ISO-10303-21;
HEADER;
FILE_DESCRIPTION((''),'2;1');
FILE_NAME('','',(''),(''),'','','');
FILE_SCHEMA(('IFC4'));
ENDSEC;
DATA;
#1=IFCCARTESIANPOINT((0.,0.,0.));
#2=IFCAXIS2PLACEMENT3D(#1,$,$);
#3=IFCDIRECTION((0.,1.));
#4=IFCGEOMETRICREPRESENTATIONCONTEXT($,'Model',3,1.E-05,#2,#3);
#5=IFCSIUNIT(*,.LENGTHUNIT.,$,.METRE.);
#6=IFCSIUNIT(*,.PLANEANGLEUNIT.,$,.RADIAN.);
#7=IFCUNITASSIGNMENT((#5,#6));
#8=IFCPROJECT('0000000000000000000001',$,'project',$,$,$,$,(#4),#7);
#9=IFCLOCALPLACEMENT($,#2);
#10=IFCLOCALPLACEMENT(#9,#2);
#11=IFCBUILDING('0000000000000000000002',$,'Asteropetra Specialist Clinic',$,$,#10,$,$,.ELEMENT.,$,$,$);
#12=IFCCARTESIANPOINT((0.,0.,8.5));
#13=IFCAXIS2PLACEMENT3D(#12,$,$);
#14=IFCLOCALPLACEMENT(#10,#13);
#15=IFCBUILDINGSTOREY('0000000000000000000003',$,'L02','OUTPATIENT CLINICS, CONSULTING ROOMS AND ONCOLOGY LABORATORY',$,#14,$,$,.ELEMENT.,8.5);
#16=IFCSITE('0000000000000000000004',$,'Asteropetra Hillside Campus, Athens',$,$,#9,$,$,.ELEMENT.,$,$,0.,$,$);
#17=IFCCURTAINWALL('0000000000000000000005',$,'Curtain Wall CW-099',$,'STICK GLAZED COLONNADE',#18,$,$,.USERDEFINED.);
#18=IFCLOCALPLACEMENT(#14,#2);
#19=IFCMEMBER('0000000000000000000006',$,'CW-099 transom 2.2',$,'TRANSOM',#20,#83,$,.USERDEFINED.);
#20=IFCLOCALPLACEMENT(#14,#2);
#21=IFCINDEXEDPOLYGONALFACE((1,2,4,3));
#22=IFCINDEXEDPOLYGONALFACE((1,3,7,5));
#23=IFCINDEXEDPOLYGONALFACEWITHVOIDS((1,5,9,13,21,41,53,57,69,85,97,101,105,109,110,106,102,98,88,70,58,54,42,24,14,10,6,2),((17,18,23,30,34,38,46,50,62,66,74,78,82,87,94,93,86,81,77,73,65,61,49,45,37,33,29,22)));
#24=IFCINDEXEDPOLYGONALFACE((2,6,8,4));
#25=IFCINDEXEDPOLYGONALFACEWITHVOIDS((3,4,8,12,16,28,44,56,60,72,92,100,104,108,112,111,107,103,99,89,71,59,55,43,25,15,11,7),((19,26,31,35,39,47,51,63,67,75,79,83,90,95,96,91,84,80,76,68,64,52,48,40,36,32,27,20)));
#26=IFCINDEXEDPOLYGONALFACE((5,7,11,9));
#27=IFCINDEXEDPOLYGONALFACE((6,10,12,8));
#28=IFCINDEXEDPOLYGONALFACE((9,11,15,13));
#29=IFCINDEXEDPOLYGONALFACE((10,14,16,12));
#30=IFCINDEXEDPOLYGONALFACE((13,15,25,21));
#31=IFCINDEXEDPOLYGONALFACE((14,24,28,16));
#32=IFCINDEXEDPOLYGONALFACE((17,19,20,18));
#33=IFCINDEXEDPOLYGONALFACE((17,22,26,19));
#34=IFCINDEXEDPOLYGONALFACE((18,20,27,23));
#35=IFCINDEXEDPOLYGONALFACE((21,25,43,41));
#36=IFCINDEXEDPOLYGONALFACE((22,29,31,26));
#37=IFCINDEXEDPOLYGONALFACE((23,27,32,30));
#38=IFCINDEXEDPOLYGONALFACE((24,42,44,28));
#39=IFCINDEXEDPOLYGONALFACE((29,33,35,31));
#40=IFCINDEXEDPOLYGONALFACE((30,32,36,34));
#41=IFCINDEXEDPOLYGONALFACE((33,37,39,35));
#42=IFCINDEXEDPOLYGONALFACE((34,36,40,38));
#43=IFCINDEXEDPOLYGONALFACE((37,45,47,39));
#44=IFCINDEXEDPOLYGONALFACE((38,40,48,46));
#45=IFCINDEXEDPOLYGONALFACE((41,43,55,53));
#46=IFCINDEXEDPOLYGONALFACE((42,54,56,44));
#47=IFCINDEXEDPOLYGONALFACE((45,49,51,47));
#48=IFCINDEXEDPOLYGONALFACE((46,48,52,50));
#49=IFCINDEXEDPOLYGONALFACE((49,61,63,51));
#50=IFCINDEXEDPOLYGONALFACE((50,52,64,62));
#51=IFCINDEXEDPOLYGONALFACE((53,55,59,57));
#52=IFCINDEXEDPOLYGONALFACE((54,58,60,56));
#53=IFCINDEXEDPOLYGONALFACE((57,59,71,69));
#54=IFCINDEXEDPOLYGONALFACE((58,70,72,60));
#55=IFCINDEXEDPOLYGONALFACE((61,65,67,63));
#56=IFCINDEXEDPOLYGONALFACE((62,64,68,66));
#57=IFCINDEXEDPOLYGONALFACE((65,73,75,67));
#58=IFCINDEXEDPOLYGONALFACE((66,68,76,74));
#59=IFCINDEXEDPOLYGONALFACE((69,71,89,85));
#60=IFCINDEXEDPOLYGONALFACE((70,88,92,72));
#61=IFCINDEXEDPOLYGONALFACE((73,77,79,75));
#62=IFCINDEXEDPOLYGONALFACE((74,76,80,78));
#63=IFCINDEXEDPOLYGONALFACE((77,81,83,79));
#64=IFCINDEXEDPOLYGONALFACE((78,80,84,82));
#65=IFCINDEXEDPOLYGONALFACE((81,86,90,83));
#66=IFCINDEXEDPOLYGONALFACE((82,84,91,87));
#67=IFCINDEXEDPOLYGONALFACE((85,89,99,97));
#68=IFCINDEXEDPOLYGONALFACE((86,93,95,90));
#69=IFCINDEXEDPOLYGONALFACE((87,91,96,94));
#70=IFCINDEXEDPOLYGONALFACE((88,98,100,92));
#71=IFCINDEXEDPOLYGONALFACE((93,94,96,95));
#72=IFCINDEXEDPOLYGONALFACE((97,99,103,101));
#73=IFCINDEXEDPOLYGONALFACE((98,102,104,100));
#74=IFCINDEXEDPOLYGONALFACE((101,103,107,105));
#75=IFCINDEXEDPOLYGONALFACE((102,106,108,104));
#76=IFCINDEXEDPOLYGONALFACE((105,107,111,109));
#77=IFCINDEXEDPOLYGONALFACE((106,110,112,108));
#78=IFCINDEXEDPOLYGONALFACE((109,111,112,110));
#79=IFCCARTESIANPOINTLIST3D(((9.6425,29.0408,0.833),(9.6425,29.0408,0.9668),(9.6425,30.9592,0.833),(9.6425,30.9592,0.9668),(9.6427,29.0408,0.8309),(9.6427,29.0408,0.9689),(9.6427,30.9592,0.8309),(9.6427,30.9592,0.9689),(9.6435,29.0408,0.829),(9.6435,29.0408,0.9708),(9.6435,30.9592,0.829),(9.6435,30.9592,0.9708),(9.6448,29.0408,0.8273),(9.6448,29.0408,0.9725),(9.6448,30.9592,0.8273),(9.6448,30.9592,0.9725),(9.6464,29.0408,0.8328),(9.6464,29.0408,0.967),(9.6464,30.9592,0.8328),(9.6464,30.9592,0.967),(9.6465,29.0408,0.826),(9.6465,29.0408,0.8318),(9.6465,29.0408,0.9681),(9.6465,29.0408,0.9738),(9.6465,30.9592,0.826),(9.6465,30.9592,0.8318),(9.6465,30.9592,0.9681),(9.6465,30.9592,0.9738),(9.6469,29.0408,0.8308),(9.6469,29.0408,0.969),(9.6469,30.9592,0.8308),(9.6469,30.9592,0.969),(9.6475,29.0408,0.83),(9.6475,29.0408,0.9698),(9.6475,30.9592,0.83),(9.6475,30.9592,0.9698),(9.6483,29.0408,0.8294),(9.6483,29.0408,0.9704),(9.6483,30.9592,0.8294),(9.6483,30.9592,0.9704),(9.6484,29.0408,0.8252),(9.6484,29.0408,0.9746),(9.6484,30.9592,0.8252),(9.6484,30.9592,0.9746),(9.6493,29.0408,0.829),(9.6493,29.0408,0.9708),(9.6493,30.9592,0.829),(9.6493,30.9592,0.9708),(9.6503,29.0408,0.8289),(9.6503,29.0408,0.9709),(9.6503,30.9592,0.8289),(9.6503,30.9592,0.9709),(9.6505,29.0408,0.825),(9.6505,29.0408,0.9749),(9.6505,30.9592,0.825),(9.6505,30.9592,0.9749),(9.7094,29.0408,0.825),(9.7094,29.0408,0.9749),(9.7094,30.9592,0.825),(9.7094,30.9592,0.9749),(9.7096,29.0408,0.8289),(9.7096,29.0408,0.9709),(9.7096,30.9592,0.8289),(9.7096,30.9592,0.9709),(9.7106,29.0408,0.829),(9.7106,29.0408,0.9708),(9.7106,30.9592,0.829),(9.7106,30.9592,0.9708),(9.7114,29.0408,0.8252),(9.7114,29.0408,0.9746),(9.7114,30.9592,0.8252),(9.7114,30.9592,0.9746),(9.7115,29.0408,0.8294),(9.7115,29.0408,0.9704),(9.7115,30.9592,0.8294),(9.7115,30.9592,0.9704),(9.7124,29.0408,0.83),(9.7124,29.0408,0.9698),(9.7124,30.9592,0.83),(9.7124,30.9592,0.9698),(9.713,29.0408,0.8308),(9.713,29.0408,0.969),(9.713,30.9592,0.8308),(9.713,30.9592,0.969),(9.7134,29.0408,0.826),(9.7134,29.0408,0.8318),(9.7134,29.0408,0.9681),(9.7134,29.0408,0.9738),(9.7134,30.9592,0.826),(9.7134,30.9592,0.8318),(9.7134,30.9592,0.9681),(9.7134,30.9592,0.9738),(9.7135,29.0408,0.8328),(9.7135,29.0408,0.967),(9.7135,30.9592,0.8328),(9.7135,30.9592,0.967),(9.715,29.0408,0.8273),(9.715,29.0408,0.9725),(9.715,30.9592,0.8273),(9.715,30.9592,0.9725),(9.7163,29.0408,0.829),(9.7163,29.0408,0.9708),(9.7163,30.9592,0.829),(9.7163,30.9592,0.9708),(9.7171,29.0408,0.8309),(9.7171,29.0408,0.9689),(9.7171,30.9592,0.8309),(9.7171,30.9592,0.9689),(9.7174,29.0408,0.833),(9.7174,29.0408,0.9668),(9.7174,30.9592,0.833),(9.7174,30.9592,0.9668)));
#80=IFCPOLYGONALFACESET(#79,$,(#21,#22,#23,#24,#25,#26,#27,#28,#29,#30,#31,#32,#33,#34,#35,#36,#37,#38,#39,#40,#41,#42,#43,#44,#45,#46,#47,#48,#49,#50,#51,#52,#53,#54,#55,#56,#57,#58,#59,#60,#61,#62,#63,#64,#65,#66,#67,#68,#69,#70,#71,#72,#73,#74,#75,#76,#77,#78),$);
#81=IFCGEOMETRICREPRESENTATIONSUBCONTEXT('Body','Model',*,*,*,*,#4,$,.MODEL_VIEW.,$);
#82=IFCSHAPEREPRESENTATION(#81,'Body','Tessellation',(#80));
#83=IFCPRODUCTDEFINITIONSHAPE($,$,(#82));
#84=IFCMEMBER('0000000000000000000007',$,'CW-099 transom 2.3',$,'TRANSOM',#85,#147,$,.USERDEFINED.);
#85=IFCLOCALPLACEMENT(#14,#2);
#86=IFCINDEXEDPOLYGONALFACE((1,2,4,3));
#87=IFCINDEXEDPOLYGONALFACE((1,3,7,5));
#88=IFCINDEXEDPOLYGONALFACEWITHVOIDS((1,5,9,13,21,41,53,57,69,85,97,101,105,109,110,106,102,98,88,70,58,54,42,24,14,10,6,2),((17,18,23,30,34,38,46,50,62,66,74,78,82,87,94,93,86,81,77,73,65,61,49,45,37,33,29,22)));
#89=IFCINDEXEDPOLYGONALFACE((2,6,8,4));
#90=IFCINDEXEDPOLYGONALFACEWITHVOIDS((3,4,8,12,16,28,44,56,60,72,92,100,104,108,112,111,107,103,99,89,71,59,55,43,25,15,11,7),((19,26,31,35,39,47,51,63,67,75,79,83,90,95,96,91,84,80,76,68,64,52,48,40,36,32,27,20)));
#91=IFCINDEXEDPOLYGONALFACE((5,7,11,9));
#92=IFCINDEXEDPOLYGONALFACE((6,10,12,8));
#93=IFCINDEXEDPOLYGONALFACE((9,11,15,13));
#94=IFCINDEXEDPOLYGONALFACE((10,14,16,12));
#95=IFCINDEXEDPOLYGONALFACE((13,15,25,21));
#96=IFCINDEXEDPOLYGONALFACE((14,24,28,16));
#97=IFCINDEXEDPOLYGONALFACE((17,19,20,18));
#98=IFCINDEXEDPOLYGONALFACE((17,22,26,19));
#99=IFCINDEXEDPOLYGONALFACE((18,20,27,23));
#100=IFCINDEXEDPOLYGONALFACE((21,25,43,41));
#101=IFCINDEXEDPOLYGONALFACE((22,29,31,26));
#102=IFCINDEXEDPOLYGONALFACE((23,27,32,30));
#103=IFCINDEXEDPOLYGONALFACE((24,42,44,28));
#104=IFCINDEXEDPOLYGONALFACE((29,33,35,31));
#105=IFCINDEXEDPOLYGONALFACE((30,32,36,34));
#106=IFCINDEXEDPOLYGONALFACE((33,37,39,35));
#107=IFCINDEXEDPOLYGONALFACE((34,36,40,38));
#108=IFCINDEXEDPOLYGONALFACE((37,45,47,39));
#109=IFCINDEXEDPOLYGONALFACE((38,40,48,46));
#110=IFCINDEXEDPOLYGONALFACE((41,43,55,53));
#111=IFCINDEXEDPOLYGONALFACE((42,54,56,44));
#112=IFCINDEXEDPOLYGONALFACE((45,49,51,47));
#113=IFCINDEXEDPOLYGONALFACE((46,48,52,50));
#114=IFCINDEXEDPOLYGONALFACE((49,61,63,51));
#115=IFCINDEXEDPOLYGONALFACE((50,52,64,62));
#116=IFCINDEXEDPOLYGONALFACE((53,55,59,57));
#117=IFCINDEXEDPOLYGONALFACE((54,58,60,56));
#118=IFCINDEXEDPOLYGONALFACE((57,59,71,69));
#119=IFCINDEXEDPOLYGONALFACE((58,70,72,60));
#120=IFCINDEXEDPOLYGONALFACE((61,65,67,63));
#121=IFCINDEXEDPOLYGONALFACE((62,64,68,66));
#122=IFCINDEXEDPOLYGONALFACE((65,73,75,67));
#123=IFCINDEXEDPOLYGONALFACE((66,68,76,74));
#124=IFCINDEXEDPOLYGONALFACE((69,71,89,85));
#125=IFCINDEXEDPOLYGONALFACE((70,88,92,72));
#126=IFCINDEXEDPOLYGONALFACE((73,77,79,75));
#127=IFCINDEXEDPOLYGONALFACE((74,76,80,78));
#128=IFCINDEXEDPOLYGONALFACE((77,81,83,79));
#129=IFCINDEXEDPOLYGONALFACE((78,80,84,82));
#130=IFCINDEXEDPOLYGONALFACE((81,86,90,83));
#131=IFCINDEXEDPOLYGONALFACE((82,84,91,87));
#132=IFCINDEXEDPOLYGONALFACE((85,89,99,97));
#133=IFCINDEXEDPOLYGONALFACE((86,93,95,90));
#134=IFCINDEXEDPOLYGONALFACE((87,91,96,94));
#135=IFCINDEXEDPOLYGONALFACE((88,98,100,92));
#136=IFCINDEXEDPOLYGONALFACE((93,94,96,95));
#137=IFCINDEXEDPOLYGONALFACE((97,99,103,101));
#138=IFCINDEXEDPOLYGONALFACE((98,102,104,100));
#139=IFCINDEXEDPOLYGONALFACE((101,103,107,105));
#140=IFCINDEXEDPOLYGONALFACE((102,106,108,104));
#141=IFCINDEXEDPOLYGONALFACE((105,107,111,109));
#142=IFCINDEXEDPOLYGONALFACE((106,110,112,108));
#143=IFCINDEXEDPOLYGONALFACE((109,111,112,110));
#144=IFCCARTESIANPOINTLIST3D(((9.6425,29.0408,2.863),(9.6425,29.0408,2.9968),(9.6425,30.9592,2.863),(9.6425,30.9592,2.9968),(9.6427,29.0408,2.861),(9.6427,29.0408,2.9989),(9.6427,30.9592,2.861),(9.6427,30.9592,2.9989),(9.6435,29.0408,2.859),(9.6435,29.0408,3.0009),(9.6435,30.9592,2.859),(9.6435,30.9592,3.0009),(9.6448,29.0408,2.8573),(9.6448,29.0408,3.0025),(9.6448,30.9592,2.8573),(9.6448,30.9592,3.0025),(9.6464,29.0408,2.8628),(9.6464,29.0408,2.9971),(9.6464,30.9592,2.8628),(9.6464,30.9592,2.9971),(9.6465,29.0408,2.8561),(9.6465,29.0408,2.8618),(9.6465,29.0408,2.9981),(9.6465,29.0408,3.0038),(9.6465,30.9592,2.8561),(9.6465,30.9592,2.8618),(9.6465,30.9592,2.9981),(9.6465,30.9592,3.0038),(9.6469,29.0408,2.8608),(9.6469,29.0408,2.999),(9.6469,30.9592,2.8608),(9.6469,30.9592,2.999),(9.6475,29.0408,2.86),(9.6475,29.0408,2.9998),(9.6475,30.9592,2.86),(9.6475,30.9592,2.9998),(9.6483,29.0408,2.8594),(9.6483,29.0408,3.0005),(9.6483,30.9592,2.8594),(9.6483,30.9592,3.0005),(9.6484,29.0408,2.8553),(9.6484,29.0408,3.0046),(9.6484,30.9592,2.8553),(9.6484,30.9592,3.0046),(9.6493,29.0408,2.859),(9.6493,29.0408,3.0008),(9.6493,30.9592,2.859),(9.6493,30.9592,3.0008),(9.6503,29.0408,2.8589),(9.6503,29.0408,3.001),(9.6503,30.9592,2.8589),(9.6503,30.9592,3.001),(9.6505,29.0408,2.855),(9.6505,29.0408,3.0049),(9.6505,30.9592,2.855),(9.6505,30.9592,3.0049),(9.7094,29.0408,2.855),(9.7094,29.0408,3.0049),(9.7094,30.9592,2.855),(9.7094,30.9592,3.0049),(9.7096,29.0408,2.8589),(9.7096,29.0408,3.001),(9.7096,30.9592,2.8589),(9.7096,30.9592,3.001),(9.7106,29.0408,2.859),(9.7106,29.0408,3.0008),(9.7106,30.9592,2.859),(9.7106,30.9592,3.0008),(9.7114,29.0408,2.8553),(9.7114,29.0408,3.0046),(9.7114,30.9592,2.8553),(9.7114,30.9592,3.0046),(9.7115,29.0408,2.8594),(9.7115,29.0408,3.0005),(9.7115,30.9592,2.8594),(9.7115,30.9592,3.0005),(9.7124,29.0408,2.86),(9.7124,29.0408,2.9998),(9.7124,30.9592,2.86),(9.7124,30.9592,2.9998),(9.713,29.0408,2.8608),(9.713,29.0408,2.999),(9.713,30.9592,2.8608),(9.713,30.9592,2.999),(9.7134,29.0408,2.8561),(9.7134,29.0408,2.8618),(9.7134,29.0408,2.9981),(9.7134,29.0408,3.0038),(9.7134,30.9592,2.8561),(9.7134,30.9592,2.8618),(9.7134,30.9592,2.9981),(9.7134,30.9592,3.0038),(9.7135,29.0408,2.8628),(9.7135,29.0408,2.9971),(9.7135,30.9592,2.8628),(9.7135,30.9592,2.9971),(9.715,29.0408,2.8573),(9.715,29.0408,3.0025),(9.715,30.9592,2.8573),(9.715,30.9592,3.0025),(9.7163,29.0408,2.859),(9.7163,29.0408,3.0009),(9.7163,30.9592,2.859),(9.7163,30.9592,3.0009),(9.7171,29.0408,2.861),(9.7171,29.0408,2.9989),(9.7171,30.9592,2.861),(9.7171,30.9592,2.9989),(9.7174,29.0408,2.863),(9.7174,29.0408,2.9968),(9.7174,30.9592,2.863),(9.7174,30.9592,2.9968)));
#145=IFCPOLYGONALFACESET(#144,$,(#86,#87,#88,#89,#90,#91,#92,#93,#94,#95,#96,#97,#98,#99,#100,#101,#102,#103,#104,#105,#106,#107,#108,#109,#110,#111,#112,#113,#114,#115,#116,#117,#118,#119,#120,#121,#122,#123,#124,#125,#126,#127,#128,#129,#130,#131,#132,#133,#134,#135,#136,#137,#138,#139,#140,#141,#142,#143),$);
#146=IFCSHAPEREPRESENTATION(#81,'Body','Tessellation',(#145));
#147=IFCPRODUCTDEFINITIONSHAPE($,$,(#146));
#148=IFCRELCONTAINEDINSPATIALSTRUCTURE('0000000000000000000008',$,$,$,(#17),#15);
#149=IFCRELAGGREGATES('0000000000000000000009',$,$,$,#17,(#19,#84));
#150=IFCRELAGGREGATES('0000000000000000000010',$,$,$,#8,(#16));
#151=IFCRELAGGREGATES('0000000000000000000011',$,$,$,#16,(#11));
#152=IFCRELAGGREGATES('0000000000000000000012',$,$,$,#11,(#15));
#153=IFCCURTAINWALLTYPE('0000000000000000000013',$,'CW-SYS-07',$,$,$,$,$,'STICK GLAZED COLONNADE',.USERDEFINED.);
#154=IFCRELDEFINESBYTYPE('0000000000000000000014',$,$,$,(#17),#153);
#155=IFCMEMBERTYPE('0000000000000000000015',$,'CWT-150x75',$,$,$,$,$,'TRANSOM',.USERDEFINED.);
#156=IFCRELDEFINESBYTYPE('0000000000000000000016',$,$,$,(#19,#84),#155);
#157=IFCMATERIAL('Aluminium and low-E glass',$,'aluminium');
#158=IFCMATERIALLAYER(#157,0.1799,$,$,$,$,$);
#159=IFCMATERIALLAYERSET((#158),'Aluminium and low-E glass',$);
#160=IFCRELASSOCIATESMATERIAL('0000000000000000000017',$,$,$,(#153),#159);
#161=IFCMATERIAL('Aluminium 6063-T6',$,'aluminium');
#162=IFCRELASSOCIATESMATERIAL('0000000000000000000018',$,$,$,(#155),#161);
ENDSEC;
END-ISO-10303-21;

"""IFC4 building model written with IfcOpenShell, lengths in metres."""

from ifc_helpers import new_model, si_unit, direction, frame, origin, origin_2d, place, context, subcontext, project, spatial, hollow_rectangle, extrude, material, layer, layer_set, material_profile, profile_set, type_object, element, aggregate, save


model = new_model("IFC4")

# Units and contexts
model_context = context("Model", 3, precision=1e-05, world=origin(), true_north=direction((0.0, 1.0)))
body_context = subcontext(model_context, "Body", "Model", "MODEL_VIEW")
ifc_project = project(units=[si_unit("LENGTHUNIT", "METRE"), si_unit("PLANEANGLEUNIT", "RADIAN")], contexts=[model_context])

# Site, building, storey
site_placement = place(None, origin())
site = spatial("IfcSite", under=ifc_project, at=site_placement, Name="Asteropetra Hillside Campus, Athens", CompositionType="ELEMENT", RefElevation=0.0)
building_placement = place(site_placement, origin())
building = spatial("IfcBuilding", under=site, at=building_placement, Name="Asteropetra Specialist Clinic", CompositionType="ELEMENT")
storey_placement = place(building_placement, frame((0.0, 0.0, 8.5)))
storey = spatial("IfcBuildingStorey", under=building, at=storey_placement, Name="L02", Description="OUTPATIENT CLINICS, CONSULTING ROOMS AND ONCOLOGY LABORATORY", CompositionType="ELEMENT", Elevation=8.5)

# Curtain wall, members
ifc_material_1 = material(Name="Aluminium and low-E glass", Category="aluminium")
ifc_layer_1 = layer(ifc_material_1, 0.1799)
ifc_layer_set_1 = layer_set([ifc_layer_1], Name="Aluminium and low-E glass")
curtain_wall_type = type_object("IfcCurtainWallType", Name="CW-SYS-07", ElementType="STICK GLAZED COLONNADE", PredefinedType="USERDEFINED", material=ifc_layer_set_1)
curtain_wall_placement = place(storey_placement, origin())
curtain_wall = element("IfcCurtainWall", 1, at=curtain_wall_placement, inside=storey, type_object=curtain_wall_type, Name="Curtain Wall CW-099", ObjectType="STICK GLAZED COLONNADE", PredefinedType="USERDEFINED")
ifc_material_2 = material(Name="Aluminium 6063-T6", Category="aluminium")
ifc_material_profile_1 = material_profile(ifc_material_2, hollow_rectangle(XDim=0.075, YDim=0.1499, WallThickness=0.0039, InnerFilletRadius=0.0039, OuterFilletRadius=0.0081, at=origin_2d()), Name="TRN 150x75x4.0")
ifc_profile_set_1 = profile_set([ifc_material_profile_1], Name="Aluminium 6063-T6")
member_type_1 = type_object("IfcMemberType", Name="CWT-150x75", ElementType="TRANSOM", PredefinedType="USERDEFINED", material=ifc_profile_set_1)
member_1_placement = place(storey_placement, frame((9.6799, 29.0408, 0.8999), z_axis=(0.0, 1.0, 0.0), x_axis=(-1.0, 0.0, 0.0)))
member_1 = element("IfcMember", 2, at=member_1_placement, type_object=member_type_1, Name="CW-099 transom 2.2", ObjectType="TRANSOM", PredefinedType="USERDEFINED", context=body_context, shape_type="SweptSolid", body=[
    extrude(hollow_rectangle(XDim=0.075, YDim=0.1499, WallThickness=0.0039, InnerFilletRadius=0.0039, OuterFilletRadius=0.0081, at=origin_2d()), origin(), (0.0, 0.0, 1.0), 1.9185),
])
member_2_placement = place(storey_placement, frame((9.6799, 29.0408, 2.9299), z_axis=(0.0, 1.0, 0.0), x_axis=(-1.0, 0.0, 0.0)))
member_2 = element("IfcMember", 3, at=member_2_placement, type_object=member_type_1, Name="CW-099 transom 2.3", ObjectType="TRANSOM", PredefinedType="USERDEFINED", context=body_context, shape_type="SweptSolid", body=[
    extrude(hollow_rectangle(XDim=0.075, YDim=0.1499, WallThickness=0.0039, InnerFilletRadius=0.0039, OuterFilletRadius=0.0081, at=origin_2d()), origin(), (0.0, 0.0, 1.0), 1.9185),
])

aggregate(curtain_wall, [member_1, member_2])

save(model, "model.ifc")
